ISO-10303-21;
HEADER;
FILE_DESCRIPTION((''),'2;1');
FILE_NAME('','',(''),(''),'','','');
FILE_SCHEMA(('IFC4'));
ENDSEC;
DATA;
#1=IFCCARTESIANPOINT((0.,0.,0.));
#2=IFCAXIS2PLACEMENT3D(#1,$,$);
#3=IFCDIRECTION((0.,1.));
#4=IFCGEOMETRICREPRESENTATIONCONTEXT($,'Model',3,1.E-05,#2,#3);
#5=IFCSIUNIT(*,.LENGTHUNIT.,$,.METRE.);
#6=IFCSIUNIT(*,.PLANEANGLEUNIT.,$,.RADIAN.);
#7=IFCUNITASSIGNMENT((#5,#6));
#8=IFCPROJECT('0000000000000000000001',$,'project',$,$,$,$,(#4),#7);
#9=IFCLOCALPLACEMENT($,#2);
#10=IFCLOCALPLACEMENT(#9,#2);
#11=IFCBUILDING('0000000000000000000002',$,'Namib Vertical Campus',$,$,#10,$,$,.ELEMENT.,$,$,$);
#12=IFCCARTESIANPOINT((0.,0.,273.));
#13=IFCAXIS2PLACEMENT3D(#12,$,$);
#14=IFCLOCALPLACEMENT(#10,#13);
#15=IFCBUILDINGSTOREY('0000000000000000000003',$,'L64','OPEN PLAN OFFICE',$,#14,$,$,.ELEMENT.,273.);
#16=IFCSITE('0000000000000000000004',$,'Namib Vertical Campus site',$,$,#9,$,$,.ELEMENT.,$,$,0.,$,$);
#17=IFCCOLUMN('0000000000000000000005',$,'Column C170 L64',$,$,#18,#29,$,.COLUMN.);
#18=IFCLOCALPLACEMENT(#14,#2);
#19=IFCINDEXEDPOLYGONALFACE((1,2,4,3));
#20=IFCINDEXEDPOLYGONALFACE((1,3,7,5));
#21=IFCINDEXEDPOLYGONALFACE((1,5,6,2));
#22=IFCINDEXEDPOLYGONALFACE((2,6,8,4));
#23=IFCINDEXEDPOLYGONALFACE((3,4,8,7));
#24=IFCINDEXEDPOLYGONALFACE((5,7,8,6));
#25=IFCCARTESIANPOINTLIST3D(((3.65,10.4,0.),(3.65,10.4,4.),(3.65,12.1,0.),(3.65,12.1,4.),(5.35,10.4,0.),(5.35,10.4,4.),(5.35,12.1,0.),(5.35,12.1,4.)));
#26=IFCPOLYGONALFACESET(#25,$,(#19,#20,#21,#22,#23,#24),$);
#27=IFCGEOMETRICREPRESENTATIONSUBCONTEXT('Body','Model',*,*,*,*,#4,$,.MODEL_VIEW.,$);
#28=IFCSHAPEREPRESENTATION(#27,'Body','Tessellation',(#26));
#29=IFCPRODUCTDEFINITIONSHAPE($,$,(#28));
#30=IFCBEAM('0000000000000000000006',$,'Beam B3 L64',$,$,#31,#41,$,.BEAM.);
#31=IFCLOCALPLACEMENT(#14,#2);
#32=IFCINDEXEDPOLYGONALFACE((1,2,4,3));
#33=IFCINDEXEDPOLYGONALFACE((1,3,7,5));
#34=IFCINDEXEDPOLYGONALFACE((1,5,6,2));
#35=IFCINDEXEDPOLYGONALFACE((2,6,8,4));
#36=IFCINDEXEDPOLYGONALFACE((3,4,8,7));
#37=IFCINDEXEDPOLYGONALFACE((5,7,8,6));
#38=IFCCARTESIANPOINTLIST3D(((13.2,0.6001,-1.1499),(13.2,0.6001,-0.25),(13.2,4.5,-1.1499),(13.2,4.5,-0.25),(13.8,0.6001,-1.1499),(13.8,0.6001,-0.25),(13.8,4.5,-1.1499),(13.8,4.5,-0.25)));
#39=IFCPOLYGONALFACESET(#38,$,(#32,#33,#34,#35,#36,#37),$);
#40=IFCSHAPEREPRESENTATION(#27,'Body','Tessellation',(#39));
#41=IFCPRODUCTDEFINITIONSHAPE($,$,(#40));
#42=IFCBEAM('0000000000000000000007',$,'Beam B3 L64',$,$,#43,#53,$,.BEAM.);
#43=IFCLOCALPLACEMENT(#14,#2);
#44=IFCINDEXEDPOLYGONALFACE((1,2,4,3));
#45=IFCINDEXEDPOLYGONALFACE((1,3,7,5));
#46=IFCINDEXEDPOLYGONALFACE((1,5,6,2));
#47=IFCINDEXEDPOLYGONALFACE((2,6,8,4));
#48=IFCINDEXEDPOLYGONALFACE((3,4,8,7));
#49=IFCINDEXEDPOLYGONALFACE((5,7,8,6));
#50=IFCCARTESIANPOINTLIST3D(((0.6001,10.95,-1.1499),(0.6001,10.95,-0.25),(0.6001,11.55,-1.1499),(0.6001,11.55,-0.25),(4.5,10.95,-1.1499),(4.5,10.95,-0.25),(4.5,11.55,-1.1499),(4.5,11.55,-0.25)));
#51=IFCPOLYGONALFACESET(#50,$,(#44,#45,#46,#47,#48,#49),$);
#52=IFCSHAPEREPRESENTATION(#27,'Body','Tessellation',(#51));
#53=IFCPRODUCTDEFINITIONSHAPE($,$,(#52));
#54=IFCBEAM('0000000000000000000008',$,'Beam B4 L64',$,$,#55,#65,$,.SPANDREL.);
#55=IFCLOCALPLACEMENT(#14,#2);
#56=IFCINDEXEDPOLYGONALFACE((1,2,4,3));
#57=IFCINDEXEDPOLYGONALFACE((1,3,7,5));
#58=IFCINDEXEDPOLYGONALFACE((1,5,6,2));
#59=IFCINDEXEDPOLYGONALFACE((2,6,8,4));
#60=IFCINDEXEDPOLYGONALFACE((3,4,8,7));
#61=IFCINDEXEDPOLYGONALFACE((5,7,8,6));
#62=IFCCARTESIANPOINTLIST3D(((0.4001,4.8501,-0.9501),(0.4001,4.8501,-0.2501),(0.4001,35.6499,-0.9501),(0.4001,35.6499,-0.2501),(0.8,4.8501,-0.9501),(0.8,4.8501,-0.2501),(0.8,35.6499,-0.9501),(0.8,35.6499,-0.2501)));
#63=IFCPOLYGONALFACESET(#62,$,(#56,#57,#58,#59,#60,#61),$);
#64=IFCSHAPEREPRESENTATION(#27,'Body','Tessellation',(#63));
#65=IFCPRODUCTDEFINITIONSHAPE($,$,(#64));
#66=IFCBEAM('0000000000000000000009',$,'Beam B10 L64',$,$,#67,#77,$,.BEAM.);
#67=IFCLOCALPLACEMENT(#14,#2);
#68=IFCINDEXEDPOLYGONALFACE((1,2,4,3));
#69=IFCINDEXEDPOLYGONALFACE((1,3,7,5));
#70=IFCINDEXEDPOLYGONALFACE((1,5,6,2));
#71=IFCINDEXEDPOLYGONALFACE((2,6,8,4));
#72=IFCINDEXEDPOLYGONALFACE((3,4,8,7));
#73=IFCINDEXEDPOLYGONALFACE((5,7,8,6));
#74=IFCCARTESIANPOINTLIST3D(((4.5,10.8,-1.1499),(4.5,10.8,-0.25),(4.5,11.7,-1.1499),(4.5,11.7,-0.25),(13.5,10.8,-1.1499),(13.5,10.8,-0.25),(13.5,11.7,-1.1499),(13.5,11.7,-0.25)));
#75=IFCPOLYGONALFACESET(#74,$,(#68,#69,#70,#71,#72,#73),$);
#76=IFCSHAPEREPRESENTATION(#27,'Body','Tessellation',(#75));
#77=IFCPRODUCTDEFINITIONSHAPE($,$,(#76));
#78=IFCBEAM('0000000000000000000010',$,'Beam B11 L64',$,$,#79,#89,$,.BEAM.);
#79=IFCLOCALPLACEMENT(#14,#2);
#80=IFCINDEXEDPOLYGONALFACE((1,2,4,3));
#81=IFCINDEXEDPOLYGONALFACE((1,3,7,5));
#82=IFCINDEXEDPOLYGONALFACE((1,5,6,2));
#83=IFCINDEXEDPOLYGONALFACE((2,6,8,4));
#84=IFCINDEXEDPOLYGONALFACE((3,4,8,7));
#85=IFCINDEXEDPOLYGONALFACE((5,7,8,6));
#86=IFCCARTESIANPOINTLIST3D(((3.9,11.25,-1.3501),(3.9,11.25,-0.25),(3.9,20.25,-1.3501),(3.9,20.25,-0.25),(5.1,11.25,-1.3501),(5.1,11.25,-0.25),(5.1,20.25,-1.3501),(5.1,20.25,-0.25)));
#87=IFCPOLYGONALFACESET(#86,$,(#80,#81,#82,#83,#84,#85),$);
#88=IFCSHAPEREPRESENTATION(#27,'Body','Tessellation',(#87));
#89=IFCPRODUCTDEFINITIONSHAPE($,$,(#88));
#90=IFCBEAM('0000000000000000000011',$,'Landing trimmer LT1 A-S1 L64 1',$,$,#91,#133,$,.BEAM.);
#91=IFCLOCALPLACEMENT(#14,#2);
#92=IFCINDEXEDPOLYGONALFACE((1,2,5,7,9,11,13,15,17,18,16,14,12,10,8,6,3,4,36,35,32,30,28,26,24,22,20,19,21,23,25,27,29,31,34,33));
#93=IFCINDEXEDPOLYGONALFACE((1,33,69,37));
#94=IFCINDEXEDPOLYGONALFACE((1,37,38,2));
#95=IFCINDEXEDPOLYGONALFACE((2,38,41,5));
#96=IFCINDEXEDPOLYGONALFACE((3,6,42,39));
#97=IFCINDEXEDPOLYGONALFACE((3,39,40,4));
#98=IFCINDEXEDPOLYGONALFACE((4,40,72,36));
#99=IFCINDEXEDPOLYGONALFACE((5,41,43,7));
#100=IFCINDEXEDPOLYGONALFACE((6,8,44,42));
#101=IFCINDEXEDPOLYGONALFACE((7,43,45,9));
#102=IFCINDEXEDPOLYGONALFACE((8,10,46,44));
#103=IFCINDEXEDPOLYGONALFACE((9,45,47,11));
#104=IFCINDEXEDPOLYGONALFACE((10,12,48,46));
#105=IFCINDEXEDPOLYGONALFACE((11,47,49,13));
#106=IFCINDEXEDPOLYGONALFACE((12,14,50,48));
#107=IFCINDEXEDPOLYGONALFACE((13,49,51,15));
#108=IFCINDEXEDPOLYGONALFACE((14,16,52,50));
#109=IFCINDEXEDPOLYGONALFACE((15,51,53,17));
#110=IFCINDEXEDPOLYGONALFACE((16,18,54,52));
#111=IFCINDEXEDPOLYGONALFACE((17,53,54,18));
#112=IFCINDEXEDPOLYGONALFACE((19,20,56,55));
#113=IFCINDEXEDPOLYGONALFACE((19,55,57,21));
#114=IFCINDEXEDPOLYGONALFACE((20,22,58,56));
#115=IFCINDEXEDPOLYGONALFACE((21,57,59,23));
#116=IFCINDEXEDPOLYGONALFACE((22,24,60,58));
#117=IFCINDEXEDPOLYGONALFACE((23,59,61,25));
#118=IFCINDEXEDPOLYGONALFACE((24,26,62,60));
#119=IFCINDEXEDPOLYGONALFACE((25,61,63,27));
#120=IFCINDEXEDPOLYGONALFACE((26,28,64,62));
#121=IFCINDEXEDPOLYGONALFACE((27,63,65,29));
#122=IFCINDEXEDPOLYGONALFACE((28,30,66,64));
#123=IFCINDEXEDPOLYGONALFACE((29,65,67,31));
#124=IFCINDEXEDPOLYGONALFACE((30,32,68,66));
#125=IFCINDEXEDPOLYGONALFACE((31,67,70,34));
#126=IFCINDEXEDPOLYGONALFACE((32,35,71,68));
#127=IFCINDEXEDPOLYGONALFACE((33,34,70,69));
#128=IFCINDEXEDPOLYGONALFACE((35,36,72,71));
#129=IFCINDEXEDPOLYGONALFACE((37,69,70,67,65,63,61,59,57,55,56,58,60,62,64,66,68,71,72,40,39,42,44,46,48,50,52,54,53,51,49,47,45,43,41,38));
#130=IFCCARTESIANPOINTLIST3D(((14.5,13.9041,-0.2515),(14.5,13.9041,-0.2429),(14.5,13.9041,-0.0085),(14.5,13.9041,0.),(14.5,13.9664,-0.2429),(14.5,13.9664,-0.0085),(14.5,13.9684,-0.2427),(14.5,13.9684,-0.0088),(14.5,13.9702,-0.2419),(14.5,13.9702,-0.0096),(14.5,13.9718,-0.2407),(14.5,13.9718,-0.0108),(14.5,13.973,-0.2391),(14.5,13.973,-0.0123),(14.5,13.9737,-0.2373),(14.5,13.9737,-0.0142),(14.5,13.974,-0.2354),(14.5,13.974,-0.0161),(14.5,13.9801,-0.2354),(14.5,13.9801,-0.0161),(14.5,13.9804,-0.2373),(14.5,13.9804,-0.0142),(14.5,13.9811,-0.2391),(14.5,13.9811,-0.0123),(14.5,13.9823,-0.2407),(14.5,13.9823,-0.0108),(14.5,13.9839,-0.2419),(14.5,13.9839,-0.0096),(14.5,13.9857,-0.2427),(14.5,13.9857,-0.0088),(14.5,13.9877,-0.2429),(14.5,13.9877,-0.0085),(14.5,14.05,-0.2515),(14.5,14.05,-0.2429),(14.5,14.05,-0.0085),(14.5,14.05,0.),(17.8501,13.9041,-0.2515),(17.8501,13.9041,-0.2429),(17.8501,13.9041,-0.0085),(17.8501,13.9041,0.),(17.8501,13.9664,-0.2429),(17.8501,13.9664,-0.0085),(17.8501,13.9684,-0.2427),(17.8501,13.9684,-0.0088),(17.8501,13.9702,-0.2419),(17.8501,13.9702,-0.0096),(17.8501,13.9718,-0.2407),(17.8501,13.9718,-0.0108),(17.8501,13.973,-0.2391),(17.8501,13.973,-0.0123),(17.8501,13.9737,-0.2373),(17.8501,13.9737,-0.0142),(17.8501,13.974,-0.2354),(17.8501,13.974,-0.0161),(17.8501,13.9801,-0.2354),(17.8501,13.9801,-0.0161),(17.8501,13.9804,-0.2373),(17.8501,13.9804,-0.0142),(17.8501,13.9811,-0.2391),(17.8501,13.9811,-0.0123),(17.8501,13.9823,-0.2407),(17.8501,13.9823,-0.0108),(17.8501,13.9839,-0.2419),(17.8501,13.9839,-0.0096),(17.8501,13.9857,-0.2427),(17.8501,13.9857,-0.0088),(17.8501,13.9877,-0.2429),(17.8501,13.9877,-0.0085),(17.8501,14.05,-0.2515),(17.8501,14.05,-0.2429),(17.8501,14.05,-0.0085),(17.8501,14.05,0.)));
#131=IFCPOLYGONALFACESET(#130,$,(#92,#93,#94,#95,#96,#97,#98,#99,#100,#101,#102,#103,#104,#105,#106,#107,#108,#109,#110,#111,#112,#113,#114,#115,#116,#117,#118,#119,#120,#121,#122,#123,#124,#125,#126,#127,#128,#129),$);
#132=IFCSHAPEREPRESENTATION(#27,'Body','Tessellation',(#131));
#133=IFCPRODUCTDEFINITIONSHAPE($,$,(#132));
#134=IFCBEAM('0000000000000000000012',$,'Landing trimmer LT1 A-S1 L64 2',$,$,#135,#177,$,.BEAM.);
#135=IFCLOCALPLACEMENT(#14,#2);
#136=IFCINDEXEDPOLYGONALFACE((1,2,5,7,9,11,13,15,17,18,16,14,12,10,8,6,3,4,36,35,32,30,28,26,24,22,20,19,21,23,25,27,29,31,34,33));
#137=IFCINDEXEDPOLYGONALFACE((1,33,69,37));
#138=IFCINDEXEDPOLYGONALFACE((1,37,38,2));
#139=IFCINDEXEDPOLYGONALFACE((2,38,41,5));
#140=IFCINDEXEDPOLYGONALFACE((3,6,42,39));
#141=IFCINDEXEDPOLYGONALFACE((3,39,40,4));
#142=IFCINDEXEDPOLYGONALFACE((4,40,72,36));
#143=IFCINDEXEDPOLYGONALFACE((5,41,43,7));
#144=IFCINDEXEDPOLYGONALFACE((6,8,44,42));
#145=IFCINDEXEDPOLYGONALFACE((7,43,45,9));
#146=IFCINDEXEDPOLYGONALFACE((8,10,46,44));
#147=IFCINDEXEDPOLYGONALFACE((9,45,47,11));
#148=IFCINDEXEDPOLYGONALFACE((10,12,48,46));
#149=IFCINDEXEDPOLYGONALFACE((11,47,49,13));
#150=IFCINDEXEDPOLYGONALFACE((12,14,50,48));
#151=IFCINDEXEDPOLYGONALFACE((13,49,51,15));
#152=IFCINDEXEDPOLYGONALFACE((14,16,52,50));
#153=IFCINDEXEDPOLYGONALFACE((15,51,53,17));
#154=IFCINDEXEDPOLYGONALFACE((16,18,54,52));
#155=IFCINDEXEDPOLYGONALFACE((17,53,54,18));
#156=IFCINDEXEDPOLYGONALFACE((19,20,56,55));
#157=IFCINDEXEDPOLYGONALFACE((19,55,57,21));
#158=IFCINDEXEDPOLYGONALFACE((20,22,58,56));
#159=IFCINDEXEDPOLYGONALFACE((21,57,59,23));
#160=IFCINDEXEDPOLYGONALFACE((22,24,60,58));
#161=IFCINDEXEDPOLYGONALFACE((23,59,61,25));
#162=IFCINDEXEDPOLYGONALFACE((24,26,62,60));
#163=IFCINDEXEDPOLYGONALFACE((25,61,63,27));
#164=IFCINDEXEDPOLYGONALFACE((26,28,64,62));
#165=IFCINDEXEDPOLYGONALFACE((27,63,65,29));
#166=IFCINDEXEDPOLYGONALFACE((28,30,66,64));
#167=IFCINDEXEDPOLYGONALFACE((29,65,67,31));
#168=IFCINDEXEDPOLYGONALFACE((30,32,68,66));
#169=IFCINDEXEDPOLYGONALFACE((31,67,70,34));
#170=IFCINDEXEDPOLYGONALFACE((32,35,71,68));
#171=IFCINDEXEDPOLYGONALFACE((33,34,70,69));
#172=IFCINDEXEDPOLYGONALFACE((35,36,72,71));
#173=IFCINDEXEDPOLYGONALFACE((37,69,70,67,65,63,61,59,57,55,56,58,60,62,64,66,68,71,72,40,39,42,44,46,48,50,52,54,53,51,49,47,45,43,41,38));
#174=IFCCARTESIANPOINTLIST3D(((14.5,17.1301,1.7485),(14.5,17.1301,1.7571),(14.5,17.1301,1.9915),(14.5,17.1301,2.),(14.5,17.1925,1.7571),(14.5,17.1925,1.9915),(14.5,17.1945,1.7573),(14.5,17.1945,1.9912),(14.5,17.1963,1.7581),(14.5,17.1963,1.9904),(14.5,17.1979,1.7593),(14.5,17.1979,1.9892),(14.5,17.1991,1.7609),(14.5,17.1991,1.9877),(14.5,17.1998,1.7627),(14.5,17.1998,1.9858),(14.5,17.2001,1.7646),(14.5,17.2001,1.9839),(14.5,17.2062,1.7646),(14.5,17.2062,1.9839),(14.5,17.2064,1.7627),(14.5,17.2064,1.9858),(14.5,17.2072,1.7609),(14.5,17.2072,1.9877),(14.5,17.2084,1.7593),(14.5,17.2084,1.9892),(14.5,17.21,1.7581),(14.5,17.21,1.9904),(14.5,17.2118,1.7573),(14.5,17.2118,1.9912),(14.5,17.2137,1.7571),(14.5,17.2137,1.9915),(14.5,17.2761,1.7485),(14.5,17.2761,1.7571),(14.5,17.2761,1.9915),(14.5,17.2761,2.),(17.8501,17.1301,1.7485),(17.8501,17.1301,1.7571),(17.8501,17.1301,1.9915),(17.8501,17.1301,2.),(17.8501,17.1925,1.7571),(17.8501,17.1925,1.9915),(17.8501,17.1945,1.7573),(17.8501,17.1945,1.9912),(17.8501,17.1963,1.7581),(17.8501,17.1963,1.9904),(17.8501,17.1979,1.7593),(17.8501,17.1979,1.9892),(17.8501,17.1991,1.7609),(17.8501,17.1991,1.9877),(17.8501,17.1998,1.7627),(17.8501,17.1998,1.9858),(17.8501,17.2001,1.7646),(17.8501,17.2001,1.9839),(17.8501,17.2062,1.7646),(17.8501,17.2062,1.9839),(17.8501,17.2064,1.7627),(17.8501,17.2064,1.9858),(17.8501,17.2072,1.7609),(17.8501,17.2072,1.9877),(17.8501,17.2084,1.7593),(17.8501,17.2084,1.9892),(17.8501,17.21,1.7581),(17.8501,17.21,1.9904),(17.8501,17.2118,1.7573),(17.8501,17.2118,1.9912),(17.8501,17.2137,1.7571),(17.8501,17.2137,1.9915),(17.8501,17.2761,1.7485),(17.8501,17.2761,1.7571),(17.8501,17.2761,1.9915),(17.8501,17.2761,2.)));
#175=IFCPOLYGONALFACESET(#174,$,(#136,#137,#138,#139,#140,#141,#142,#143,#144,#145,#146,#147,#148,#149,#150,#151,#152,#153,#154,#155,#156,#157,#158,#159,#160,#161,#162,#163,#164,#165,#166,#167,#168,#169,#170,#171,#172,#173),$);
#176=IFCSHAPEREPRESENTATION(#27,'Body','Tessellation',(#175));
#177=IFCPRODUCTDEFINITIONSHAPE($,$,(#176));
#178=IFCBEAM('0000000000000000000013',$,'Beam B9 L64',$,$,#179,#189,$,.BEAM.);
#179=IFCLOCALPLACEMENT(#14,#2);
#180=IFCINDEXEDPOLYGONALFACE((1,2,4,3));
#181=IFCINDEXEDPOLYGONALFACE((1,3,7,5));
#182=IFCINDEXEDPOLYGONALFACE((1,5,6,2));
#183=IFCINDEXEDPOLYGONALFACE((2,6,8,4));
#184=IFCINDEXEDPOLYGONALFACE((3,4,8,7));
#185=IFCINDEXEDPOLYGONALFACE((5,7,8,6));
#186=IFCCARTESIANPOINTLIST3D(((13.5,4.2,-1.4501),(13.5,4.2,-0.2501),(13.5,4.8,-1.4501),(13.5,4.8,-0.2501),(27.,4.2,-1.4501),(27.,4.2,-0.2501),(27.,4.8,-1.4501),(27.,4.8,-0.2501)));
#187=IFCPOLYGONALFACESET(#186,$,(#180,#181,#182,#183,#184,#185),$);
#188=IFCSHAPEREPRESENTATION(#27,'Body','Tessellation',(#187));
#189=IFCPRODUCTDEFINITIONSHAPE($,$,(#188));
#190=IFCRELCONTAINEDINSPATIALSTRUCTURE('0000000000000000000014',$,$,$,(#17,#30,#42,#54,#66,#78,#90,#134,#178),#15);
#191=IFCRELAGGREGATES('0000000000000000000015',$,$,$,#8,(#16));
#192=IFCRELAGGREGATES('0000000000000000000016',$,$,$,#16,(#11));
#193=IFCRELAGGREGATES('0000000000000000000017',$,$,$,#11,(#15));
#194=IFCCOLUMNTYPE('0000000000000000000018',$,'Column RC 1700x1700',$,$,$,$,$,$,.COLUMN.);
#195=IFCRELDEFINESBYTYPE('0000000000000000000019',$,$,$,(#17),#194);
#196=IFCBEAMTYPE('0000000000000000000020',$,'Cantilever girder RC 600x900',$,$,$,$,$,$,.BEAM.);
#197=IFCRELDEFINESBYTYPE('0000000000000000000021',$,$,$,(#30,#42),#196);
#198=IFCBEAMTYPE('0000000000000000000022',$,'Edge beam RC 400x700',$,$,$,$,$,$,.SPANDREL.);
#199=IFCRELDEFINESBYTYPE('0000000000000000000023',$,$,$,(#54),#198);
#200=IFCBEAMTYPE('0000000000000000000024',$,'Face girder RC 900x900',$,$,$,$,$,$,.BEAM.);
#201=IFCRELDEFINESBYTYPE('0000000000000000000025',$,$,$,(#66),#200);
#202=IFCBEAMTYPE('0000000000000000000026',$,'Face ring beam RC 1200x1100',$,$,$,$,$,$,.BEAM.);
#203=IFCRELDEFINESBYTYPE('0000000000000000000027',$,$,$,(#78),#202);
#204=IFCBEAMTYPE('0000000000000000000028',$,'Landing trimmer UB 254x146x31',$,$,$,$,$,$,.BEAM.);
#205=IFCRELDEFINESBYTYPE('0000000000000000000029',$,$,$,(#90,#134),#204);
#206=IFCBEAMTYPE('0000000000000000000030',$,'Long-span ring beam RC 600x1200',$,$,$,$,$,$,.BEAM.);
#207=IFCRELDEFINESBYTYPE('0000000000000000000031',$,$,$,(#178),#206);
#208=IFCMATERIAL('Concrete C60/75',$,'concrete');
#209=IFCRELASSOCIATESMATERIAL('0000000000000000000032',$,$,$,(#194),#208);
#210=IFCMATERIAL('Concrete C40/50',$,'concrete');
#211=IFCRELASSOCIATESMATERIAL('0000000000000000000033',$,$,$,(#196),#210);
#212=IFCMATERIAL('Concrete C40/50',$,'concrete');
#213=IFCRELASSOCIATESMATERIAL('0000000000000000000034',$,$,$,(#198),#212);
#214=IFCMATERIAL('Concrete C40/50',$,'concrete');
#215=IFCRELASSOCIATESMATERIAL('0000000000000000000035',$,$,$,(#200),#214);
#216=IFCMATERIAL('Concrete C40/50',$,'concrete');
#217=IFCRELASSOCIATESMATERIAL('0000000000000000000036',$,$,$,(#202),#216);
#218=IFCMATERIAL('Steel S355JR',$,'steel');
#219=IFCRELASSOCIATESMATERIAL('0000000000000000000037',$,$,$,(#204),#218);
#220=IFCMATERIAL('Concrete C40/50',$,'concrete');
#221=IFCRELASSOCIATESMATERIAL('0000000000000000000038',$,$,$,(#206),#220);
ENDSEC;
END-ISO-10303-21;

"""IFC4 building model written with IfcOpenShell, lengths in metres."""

from ifc_helpers import new_model, si_unit, direction, frame, origin, origin_2d, place, context, subcontext, project, spatial, rectangle, i_section, extrude, material, material_profile, profile_set, type_object, element, save


model = new_model("IFC4")

# Units and contexts
model_context = context("Model", 3, precision=1e-05, world=origin(), true_north=direction((0.0, 1.0)))
body_context = subcontext(model_context, "Body", "Model", "MODEL_VIEW")
ifc_project = project(units=[si_unit("LENGTHUNIT", "METRE"), si_unit("PLANEANGLEUNIT", "RADIAN")], contexts=[model_context])

# Site, building, storey
site_placement = place(None, origin())
site = spatial("IfcSite", under=ifc_project, at=site_placement, Name="Namib Vertical Campus site", CompositionType="ELEMENT", RefElevation=0.0)
building_placement = place(site_placement, origin())
building = spatial("IfcBuilding", under=site, at=building_placement, Name="Namib Vertical Campus", CompositionType="ELEMENT")
storey_placement = place(building_placement, frame((0.0, 0.0, 273.0)))
storey = spatial("IfcBuildingStorey", under=building, at=storey_placement, Name="L64", Description="OPEN PLAN OFFICE", CompositionType="ELEMENT", Elevation=273.0)

# Column
ifc_material_1 = material(Name="Concrete C60/75", Category="concrete")
ifc_material_profile_1 = material_profile(ifc_material_1, rectangle(XDim=1.7, YDim=1.7, at=origin_2d()))
ifc_profile_set_1 = profile_set([ifc_material_profile_1], Name="Concrete C60/75")
column_type = type_object("IfcColumnType", Name="Column RC 1700x1700", PredefinedType="COLUMN", material=ifc_profile_set_1)
column_placement = place(storey_placement, frame((4.5, 11.25, 0.0), z_axis=(0.0, 0.0, 1.0), x_axis=(1.0, 0.0, 0.0)))
element("IfcColumn", 1, at=column_placement, inside=storey, type_object=column_type, Name="Column C170 L64", PredefinedType="COLUMN", context=body_context, shape_type="SweptSolid", body=[
    extrude(rectangle(XDim=1.7, YDim=1.7, at=origin_2d()), origin(), (0.0, 0.0, 1.0), 4.0),
])

# Beams
ifc_material_2 = material(Name="Concrete C40/50", Category="concrete")
ifc_material_profile_2 = material_profile(ifc_material_2, rectangle(XDim=0.6001, YDim=0.8999, at=origin_2d()))
ifc_profile_set_2 = profile_set([ifc_material_profile_2], Name="Concrete C40/50")
beam_type_1 = type_object("IfcBeamType", Name="Cantilever girder RC 600x900", PredefinedType="BEAM", material=ifc_profile_set_2)
for number, where, z_axis, x_axis, name in (
    (2, (13.5, 4.5, -0.7), (0.0, -1.0, 0.0), (1.0, 0.0, 0.0), "Beam B3 L64"),
    (3, (4.5, 11.25, -0.7), (-1.0, 0.0, 0.0), (0.0, -1.0, 0.0), "Beam B3 L64"),
):
    element("IfcBeam", number, at=place(storey_placement, frame(where, z_axis=z_axis, x_axis=x_axis)), inside=storey, type_object=beam_type_1, Name=name, PredefinedType="BEAM", context=body_context, shape_type="SweptSolid", body=[
        extrude(rectangle(XDim=0.6001, YDim=0.8999, at=origin_2d()), origin(), (0.0, 0.0, 1.0), 3.8999),
    ])
ifc_material_3 = material(Name="Concrete C40/50", Category="concrete")
ifc_material_profile_3 = material_profile(ifc_material_3, rectangle(XDim=0.3999, YDim=0.7, at=origin_2d()))
ifc_profile_set_3 = profile_set([ifc_material_profile_3], Name="Concrete C40/50")
beam_type_2 = type_object("IfcBeamType", Name="Edge beam RC 400x700", PredefinedType="SPANDREL", material=ifc_profile_set_3)
beam_1_placement = place(storey_placement, frame((0.6001, 4.8501, -0.6001), z_axis=(0.0, 1.0, 0.0), x_axis=(-1.0, 0.0, 0.0)))
element("IfcBeam", 4, at=beam_1_placement, inside=storey, type_object=beam_type_2, Name="Beam B4 L64", PredefinedType="SPANDREL", context=body_context, shape_type="SweptSolid", body=[
    extrude(rectangle(XDim=0.3999, YDim=0.7, at=origin_2d()), origin(), (0.0, 0.0, 1.0), 30.7998),
])
ifc_material_4 = material(Name="Concrete C40/50", Category="concrete")
ifc_material_profile_4 = material_profile(ifc_material_4, rectangle(XDim=0.8999, YDim=0.8999, at=origin_2d()))
ifc_profile_set_4 = profile_set([ifc_material_profile_4], Name="Concrete C40/50")
beam_type_3 = type_object("IfcBeamType", Name="Face girder RC 900x900", PredefinedType="BEAM", material=ifc_profile_set_4)
beam_2_placement = place(storey_placement, frame((4.5, 11.25, -0.7), z_axis=(1.0, 0.0, 0.0), x_axis=(0.0, 1.0, 0.0)))
element("IfcBeam", 5, at=beam_2_placement, inside=storey, type_object=beam_type_3, Name="Beam B10 L64", PredefinedType="BEAM", context=body_context, shape_type="SweptSolid", body=[
    extrude(rectangle(XDim=0.8999, YDim=0.8999, at=origin_2d()), origin(), (0.0, 0.0, 1.0), 9.0),
])
ifc_material_5 = material(Name="Concrete C40/50", Category="concrete")
ifc_material_profile_5 = material_profile(ifc_material_5, rectangle(XDim=1.2, YDim=1.1001, at=origin_2d()))
ifc_profile_set_5 = profile_set([ifc_material_profile_5], Name="Concrete C40/50")
beam_type_4 = type_object("IfcBeamType", Name="Face ring beam RC 1200x1100", PredefinedType="BEAM", material=ifc_profile_set_5)
beam_3_placement = place(storey_placement, frame((4.5, 11.25, -0.8), z_axis=(0.0, 1.0, 0.0), x_axis=(-1.0, 0.0, 0.0)))
element("IfcBeam", 6, at=beam_3_placement, inside=storey, type_object=beam_type_4, Name="Beam B11 L64", PredefinedType="BEAM", context=body_context, shape_type="SweptSolid", body=[
    extrude(rectangle(XDim=1.2, YDim=1.1001, at=origin_2d()), origin(), (0.0, 0.0, 1.0), 9.0),
])
ifc_material_6 = material(Name="Steel S355JR", Category="steel")
ifc_material_profile_6 = material_profile(ifc_material_6, i_section(OverallWidth=0.146, OverallDepth=0.2515, WebThickness=0.0061, FlangeThickness=0.0085, FilletRadius=0.0076, at=origin_2d()))
ifc_profile_set_6 = profile_set([ifc_material_profile_6], Name="Steel S355JR")
beam_type_5 = type_object("IfcBeamType", Name="Landing trimmer UB 254x146x31", PredefinedType="BEAM", material=ifc_profile_set_6)
for number, where, z_axis, x_axis, name in (
    (7, (14.5, 13.9771, -0.1257), (1.0, 0.0, 0.0), (0.0, 1.0, 0.0), "Landing trimmer LT1 A-S1 L64 1"),
    (8, (14.5, 17.2031, 1.8743), (1.0, 0.0, 0.0), (0.0, 1.0, 0.0), "Landing trimmer LT1 A-S1 L64 2"),
):
    element("IfcBeam", number, at=place(storey_placement, frame(where, z_axis=z_axis, x_axis=x_axis)), inside=storey, type_object=beam_type_5, Name=name, PredefinedType="BEAM", context=body_context, shape_type="SweptSolid", body=[
        extrude(i_section(OverallWidth=0.146, OverallDepth=0.2515, WebThickness=0.0061, FlangeThickness=0.0085, FilletRadius=0.0076, at=origin_2d()), origin(), (0.0, 0.0, 1.0), 3.3501),
    ])
ifc_material_7 = material(Name="Concrete C40/50", Category="concrete")
ifc_material_profile_7 = material_profile(ifc_material_7, rectangle(XDim=0.6001, YDim=1.2, at=origin_2d()))
ifc_profile_set_7 = profile_set([ifc_material_profile_7], Name="Concrete C40/50")
beam_type_6 = type_object("IfcBeamType", Name="Long-span ring beam RC 600x1200", PredefinedType="BEAM", material=ifc_profile_set_7)
beam_4_placement = place(storey_placement, frame((13.5, 4.5, -0.8501), z_axis=(1.0, 0.0, 0.0), x_axis=(0.0, 1.0, 0.0)))
element("IfcBeam", 9, at=beam_4_placement, inside=storey, type_object=beam_type_6, Name="Beam B9 L64", PredefinedType="BEAM", context=body_context, shape_type="SweptSolid", body=[
    extrude(rectangle(XDim=0.6001, YDim=1.2, at=origin_2d()), origin(), (0.0, 0.0, 1.0), 13.5),
])

save(model, "model.ifc")
